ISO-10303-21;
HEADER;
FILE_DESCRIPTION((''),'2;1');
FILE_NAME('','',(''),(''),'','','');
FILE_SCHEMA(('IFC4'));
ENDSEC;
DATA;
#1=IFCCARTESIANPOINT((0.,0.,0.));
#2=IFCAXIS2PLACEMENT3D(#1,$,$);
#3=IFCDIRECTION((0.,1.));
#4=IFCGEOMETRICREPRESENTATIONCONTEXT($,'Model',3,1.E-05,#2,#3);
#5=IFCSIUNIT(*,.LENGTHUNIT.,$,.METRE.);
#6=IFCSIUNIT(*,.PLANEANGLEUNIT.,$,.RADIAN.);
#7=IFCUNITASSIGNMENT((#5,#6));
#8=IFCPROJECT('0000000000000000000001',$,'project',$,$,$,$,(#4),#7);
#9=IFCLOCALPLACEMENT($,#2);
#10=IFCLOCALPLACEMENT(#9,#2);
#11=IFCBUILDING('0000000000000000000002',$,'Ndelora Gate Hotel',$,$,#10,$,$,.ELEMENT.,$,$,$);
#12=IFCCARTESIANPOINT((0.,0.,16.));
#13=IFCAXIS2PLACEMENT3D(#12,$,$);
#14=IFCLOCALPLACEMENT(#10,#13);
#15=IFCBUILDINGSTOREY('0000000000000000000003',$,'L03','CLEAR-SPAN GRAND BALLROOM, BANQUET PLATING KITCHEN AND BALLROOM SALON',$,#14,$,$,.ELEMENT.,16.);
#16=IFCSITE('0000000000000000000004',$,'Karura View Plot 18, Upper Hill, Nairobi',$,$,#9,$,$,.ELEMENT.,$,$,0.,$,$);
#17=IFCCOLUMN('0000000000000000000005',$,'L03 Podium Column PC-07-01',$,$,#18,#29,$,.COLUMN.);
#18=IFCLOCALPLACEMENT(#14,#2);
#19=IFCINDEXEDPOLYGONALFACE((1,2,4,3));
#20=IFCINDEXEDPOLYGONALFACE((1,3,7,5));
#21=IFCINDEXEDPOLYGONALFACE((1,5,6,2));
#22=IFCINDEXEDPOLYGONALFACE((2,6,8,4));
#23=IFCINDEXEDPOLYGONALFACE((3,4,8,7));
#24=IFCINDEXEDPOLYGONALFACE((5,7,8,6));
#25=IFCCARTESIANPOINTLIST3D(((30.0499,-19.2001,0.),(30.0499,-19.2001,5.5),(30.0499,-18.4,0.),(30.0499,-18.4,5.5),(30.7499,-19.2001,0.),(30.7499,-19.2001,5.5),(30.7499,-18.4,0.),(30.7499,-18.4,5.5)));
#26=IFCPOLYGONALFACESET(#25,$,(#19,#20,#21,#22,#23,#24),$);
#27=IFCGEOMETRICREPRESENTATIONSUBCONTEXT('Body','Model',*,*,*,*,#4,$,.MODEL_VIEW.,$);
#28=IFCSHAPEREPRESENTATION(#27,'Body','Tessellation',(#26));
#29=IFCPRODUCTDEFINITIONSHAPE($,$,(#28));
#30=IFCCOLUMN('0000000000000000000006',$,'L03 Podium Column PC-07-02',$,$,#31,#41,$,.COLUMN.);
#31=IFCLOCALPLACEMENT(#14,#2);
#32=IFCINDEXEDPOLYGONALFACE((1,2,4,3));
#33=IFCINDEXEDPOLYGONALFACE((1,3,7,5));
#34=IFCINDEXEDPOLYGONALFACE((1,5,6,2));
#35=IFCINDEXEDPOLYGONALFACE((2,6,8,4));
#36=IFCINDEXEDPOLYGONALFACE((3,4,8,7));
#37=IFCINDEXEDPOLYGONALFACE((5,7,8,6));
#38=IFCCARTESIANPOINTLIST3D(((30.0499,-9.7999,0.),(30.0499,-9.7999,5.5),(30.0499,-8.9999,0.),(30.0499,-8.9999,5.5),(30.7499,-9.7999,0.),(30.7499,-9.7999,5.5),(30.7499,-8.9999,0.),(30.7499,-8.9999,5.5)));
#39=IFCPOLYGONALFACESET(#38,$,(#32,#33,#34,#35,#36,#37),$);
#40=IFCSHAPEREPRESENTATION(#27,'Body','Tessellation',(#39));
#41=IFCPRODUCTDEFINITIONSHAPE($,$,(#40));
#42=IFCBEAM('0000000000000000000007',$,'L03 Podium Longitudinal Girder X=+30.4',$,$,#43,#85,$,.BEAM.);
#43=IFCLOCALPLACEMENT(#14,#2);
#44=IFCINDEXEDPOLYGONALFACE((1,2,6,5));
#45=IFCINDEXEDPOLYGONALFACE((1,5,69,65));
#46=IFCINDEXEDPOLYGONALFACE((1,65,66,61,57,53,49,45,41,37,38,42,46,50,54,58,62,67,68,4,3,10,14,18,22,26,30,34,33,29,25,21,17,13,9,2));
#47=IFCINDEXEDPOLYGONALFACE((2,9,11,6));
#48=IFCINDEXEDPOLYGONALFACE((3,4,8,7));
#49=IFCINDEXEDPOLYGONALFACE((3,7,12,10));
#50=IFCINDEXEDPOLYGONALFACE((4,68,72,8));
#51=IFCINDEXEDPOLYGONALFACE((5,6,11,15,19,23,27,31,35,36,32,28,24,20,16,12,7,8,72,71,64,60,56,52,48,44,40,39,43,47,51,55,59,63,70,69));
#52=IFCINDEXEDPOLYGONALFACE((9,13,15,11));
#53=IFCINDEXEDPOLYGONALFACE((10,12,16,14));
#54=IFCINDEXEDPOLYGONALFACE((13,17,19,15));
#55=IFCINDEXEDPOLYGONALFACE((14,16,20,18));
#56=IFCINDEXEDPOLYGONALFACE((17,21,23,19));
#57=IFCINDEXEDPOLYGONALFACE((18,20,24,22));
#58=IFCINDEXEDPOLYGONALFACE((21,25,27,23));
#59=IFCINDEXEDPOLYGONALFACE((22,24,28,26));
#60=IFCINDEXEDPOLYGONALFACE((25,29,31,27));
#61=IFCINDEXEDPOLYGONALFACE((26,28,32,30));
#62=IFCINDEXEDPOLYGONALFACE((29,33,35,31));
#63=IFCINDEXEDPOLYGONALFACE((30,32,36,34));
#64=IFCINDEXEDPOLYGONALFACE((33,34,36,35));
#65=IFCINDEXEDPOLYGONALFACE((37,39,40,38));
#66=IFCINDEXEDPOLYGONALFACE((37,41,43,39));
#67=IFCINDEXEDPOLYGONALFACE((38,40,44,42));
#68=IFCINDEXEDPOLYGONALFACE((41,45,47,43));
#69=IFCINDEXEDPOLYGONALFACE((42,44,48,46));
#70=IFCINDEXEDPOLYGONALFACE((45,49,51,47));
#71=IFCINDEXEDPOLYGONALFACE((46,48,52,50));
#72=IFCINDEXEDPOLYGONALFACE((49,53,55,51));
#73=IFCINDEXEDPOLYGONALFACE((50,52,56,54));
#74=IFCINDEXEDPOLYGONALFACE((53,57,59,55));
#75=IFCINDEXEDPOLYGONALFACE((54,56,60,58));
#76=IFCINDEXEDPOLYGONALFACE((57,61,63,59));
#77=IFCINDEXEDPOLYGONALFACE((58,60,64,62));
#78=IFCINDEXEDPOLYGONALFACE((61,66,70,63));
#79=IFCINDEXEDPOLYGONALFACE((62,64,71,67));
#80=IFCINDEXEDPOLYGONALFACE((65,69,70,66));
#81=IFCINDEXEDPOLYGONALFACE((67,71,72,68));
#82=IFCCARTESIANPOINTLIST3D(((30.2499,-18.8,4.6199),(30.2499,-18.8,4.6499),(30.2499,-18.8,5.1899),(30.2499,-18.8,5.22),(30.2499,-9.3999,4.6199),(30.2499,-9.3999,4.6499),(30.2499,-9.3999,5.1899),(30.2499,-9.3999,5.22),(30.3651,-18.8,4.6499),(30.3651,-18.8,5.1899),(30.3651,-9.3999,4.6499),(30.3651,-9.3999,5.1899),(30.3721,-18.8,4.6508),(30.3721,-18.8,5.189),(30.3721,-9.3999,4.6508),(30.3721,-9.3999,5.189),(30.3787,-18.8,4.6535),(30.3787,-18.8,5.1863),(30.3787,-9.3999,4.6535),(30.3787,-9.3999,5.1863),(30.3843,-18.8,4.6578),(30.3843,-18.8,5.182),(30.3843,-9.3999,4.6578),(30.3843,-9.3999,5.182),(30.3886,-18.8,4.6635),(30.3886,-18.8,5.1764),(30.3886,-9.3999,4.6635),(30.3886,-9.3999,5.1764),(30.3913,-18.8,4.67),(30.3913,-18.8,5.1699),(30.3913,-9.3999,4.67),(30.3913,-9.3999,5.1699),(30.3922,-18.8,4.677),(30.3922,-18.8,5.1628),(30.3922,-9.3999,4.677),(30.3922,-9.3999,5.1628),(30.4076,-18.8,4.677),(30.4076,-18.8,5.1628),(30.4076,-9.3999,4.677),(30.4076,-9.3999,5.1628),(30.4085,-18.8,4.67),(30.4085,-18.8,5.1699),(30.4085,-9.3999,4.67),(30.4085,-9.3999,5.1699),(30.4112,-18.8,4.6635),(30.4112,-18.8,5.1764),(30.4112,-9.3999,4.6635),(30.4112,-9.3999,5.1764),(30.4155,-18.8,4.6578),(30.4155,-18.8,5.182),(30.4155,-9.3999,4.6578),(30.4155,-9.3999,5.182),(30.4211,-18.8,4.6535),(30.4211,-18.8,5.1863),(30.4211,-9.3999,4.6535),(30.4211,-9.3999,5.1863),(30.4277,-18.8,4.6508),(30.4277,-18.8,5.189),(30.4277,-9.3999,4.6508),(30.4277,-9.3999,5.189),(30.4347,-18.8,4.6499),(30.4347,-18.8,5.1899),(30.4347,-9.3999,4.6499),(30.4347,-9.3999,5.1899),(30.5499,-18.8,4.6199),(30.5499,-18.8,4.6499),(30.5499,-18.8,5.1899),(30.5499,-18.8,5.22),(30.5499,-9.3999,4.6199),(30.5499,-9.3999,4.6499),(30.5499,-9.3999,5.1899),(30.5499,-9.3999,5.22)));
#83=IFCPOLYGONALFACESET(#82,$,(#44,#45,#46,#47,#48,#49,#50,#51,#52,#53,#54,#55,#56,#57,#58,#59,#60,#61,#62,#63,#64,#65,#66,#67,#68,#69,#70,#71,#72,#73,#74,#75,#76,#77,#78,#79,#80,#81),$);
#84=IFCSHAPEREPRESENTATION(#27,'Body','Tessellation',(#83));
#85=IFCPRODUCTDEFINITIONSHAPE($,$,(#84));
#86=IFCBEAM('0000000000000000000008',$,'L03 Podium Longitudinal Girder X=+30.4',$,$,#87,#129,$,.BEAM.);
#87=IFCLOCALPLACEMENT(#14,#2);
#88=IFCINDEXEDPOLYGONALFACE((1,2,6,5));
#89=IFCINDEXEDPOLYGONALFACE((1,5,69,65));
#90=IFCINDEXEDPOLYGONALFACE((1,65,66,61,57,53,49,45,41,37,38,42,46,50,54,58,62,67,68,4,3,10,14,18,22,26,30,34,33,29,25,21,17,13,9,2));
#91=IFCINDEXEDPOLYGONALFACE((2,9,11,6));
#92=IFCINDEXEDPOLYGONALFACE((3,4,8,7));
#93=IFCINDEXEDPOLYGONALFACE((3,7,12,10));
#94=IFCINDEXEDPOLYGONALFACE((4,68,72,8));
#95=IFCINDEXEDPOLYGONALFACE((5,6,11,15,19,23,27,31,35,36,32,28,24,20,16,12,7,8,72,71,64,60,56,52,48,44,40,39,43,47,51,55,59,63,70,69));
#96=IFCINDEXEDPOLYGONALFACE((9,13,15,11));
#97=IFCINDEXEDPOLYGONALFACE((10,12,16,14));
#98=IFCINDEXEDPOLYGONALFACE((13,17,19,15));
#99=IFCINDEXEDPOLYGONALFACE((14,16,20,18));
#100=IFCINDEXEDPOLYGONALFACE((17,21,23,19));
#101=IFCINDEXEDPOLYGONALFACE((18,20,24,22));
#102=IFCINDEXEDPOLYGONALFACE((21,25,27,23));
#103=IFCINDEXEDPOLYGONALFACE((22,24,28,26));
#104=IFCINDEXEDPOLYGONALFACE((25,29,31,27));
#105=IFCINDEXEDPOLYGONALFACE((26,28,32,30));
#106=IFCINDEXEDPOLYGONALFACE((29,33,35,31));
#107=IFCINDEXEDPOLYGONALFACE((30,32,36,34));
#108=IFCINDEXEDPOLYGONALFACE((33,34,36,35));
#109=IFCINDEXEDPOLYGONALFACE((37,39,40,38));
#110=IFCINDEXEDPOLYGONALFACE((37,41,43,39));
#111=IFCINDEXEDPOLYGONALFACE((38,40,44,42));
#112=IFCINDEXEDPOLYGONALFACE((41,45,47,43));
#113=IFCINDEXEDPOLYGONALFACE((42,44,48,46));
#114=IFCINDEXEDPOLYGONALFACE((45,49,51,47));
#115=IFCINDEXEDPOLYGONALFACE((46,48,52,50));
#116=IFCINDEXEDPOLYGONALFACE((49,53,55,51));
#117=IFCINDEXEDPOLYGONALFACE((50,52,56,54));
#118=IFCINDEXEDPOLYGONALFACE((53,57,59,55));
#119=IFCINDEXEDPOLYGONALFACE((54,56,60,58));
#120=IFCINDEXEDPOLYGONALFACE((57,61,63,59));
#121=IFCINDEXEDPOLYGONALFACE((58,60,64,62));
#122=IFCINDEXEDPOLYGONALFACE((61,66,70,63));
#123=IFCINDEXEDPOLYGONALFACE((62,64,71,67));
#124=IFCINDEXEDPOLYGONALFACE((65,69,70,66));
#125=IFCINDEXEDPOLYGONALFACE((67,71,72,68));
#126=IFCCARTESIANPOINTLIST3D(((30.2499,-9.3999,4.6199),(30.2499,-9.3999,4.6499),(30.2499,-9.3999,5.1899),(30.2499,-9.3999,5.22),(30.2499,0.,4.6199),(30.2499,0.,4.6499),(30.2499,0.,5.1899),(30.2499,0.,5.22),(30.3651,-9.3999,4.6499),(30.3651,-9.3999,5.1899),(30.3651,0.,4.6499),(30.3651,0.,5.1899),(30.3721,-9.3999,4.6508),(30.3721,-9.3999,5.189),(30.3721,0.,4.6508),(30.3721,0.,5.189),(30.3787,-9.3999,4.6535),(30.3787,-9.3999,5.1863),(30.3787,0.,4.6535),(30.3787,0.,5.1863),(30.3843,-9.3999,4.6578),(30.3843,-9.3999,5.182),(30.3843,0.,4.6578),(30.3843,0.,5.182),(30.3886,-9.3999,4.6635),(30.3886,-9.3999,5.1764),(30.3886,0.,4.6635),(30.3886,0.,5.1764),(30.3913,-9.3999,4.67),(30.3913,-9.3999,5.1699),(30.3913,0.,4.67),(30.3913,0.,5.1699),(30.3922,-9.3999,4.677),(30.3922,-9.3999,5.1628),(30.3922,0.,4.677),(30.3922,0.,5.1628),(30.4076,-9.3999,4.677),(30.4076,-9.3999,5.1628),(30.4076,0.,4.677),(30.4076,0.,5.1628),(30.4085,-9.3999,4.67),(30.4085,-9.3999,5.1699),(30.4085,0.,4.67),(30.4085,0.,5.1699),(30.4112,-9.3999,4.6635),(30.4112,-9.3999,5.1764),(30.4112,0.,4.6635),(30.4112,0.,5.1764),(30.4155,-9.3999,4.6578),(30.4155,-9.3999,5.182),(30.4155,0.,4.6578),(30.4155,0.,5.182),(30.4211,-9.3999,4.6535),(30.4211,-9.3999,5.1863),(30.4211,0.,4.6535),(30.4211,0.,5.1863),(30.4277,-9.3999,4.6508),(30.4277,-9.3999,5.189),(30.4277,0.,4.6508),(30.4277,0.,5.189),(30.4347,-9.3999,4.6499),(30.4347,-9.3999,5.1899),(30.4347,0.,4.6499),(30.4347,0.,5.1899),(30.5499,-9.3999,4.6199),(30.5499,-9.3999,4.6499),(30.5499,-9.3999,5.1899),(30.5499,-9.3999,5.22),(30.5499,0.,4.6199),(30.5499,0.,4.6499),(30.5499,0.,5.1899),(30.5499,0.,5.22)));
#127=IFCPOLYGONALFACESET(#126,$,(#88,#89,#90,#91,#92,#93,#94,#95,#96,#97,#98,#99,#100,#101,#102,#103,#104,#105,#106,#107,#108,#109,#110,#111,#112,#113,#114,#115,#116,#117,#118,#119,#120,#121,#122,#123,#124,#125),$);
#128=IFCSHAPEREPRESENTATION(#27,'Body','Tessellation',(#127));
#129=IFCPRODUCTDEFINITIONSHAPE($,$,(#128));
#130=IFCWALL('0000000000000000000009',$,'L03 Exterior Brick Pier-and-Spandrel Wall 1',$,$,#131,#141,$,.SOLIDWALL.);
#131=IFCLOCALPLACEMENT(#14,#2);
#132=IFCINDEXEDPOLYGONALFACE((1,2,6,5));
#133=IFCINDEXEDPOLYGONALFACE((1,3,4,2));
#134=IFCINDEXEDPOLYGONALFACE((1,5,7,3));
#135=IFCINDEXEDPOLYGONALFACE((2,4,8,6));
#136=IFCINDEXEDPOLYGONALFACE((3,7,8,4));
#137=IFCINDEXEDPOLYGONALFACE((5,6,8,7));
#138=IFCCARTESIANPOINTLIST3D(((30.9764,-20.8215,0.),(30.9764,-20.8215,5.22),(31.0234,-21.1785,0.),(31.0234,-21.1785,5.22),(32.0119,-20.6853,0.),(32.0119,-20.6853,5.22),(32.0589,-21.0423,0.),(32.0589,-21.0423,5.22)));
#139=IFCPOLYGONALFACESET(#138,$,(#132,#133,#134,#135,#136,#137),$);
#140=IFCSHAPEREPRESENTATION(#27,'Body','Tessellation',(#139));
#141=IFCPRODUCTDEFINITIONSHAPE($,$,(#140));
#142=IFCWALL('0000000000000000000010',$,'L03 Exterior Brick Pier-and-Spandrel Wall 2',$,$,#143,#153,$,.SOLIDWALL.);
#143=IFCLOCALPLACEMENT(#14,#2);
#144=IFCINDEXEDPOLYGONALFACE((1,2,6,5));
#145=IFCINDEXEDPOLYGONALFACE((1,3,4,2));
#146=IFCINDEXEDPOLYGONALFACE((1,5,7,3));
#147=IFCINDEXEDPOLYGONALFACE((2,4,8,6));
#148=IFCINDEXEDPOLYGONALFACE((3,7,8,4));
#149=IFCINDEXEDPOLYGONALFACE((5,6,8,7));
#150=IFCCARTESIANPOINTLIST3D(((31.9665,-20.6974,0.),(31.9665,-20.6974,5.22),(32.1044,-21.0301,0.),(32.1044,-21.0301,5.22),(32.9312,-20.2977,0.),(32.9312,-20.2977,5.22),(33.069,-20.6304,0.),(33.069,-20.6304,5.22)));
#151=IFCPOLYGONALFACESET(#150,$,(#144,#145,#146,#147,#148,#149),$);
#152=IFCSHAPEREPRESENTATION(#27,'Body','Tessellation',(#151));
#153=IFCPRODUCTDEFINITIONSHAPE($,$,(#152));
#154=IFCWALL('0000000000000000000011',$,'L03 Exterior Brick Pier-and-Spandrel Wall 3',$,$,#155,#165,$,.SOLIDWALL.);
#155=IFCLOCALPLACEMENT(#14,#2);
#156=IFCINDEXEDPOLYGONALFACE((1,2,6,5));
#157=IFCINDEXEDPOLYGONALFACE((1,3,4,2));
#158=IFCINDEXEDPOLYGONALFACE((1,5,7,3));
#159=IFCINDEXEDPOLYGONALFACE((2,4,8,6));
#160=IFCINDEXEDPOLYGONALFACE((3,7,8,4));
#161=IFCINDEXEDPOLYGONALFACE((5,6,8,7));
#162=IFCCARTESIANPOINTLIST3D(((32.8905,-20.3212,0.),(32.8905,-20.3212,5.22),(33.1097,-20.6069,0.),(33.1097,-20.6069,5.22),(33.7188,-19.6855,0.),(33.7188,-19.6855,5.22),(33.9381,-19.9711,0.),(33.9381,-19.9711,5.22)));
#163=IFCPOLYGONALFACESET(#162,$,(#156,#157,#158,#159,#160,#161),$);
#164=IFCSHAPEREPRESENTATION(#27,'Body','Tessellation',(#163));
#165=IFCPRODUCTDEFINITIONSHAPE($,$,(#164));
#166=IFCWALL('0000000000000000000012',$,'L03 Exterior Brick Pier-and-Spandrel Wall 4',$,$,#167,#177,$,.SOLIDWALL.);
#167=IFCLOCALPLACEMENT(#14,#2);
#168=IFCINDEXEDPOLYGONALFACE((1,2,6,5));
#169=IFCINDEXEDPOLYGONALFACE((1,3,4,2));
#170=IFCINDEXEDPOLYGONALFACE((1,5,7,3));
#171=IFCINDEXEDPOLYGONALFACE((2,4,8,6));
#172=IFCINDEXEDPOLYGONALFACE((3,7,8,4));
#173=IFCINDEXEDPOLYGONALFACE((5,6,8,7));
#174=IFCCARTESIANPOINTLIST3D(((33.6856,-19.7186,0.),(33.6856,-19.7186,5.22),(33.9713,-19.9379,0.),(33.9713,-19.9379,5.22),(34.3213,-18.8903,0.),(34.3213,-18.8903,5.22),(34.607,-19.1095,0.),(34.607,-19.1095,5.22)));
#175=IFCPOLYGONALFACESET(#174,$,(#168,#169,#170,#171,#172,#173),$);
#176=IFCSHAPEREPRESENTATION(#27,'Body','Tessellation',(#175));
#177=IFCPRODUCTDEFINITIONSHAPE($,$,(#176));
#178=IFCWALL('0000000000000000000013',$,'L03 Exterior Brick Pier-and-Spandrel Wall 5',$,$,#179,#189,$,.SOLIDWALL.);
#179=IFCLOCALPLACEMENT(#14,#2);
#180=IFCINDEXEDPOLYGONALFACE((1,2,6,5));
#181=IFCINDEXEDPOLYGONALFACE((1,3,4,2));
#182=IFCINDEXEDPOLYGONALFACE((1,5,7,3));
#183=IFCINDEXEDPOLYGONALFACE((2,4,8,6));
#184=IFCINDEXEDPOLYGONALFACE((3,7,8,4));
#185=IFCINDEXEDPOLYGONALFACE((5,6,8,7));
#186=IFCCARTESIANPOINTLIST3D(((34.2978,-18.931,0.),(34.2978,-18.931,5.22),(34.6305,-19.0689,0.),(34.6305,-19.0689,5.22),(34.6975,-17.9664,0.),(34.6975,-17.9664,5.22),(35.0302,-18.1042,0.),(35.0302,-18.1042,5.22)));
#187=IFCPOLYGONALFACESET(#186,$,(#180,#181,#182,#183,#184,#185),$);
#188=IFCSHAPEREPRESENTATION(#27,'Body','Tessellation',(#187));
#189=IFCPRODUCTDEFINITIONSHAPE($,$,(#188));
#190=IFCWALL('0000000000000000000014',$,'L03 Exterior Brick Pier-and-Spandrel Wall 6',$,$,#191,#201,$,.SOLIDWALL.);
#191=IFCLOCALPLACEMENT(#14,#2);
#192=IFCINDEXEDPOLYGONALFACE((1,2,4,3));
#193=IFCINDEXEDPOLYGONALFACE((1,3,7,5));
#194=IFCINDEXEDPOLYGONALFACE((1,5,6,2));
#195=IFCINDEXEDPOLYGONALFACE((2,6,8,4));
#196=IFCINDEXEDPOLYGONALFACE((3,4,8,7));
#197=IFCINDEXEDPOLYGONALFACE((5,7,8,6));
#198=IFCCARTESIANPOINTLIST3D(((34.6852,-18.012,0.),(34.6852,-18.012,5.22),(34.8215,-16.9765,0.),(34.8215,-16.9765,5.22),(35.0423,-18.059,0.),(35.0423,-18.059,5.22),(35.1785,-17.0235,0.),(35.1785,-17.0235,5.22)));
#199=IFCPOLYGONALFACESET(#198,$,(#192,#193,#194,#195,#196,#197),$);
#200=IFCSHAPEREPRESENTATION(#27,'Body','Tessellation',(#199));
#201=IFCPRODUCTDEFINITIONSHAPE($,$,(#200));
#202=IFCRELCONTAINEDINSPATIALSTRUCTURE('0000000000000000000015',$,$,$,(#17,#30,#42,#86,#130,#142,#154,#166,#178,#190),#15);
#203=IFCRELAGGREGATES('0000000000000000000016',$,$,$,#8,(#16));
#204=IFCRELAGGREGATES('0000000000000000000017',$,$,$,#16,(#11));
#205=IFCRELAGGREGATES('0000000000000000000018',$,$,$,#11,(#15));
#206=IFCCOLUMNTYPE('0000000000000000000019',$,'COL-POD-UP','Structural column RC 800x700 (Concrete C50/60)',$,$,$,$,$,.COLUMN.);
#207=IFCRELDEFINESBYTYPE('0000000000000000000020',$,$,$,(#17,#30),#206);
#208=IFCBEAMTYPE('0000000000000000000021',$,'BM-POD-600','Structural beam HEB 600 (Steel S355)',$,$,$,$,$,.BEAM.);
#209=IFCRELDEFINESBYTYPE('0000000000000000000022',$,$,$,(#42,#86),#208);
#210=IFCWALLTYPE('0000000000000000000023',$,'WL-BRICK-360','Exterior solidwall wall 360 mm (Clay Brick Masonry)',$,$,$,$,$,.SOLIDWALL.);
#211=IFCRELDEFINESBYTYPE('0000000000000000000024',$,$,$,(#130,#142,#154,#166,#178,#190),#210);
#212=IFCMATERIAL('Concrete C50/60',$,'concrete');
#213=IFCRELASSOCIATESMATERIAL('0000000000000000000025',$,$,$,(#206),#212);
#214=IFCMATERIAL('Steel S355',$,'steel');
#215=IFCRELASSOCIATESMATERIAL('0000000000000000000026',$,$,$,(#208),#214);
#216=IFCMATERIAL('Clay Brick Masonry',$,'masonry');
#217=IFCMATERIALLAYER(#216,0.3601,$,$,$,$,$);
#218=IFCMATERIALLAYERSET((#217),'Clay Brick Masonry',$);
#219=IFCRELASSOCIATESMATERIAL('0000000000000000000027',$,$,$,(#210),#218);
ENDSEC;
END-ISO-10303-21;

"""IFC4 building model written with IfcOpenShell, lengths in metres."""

from ifc_helpers import new_model, si_unit, direction, frame, frame_2d, origin, origin_2d, place, context, subcontext, project, spatial, rectangle, i_section, extrude, material, layer, layer_set, material_profile, profile_set, type_object, element, save


model = new_model("IFC4")

# Units and contexts
model_context = context("Model", 3, precision=1e-05, world=origin(), true_north=direction((0.0, 1.0)))
body_context = subcontext(model_context, "Body", "Model", "MODEL_VIEW")
ifc_project = project(units=[si_unit("LENGTHUNIT", "METRE"), si_unit("PLANEANGLEUNIT", "RADIAN")], contexts=[model_context])

# Site, building, storey
site_placement = place(None, origin())
site = spatial("IfcSite", under=ifc_project, at=site_placement, Name="Karura View Plot 18, Upper Hill, Nairobi", CompositionType="ELEMENT", RefElevation=0.0)
building_placement = place(site_placement, origin())
building = spatial("IfcBuilding", under=site, at=building_placement, Name="Ndelora Gate Hotel", CompositionType="ELEMENT")
storey_placement = place(building_placement, frame((0.0, 0.0, 16.0)))
storey = spatial("IfcBuildingStorey", under=building, at=storey_placement, Name="L03", Description="CLEAR-SPAN GRAND BALLROOM, BANQUET PLATING KITCHEN AND BALLROOM SALON", CompositionType="ELEMENT", Elevation=16.0)

# Columns
ifc_material_1 = material(Name="Concrete C50/60", Category="concrete")
ifc_material_profile_1 = material_profile(ifc_material_1, rectangle(XDim=0.7, YDim=0.8, at=origin_2d()), Name="RC 800x700")
ifc_profile_set_1 = profile_set([ifc_material_profile_1], Name="Concrete C50/60")
column_type = type_object("IfcColumnType", Name="COL-POD-UP", Description="Structural column RC 800x700 (Concrete C50/60)", PredefinedType="COLUMN", material=ifc_profile_set_1)
for number, where, z_axis, x_axis, name in (
    (1, (30.3999, -18.8, 0.0), (0.0, 0.0, 1.0), (1.0, 0.0, 0.0), "L03 Podium Column PC-07-01"),
    (2, (30.3999, -9.3999, 0.0), (0.0, 0.0, 1.0), (1.0, 0.0, 0.0), "L03 Podium Column PC-07-02"),
):
    element("IfcColumn", number, at=place(storey_placement, frame(where, z_axis=z_axis, x_axis=x_axis)), inside=storey, type_object=column_type, Name=name, PredefinedType="COLUMN", context=body_context, shape_type="SweptSolid", body=[
        extrude(rectangle(XDim=0.7, YDim=0.8, at=origin_2d()), origin(), (0.0, 0.0, 1.0), 5.5),
    ])

# Beams
ifc_material_2 = material(Name="Steel S355", Category="steel")
ifc_material_profile_2 = material_profile(ifc_material_2, i_section(OverallWidth=0.3, OverallDepth=0.6001, WebThickness=0.0154, FlangeThickness=0.03, FilletRadius=0.0271, at=origin_2d()), Name="HEB 600")
ifc_profile_set_2 = profile_set([ifc_material_profile_2], Name="Steel S355")
beam_type = type_object("IfcBeamType", Name="BM-POD-600", Description="Structural beam HEB 600 (Steel S355)", PredefinedType="BEAM", material=ifc_profile_set_2)
beam_1_placement = place(storey_placement, frame((30.3999, -18.8, 4.9199), z_axis=(0.0, 1.0, 0.0), x_axis=(-1.0, 0.0, 0.0)))
element("IfcBeam", 3, at=beam_1_placement, inside=storey, type_object=beam_type, Name="L03 Podium Longitudinal Girder X=+30.4", PredefinedType="BEAM", context=body_context, shape_type="SweptSolid", body=[
    extrude(i_section(OverallWidth=0.3, OverallDepth=0.6001, WebThickness=0.0154, FlangeThickness=0.03, FilletRadius=0.0271, at=origin_2d()), origin(), (0.0, 0.0, 1.0), 9.4001),
])
beam_2_placement = place(storey_placement, frame((30.3999, -9.3999, 4.9199), z_axis=(0.0, 1.0, 0.0), x_axis=(-1.0, 0.0, 0.0)))
element("IfcBeam", 4, at=beam_2_placement, inside=storey, type_object=beam_type, Name="L03 Podium Longitudinal Girder X=+30.4", PredefinedType="BEAM", context=body_context, shape_type="SweptSolid", body=[
    extrude(i_section(OverallWidth=0.3, OverallDepth=0.6001, WebThickness=0.0154, FlangeThickness=0.03, FilletRadius=0.0271, at=origin_2d()), origin(), (0.0, 0.0, 1.0), 9.3999),
])

# Walls
ifc_material_3 = material(Name="Clay Brick Masonry", Category="masonry")
ifc_layer_1 = layer(ifc_material_3, 0.3601)
ifc_layer_set_1 = layer_set([ifc_layer_1], Name="Clay Brick Masonry")
wall_type_1 = type_object("IfcWallType", Name="WL-BRICK-360", Description="Exterior solidwall wall 360 mm (Clay Brick Masonry)", PredefinedType="SOLIDWALL", material=ifc_layer_set_1)
wall_1_placement = place(storey_placement, frame((32.0354, -20.8638, 0.0), z_axis=(0.0, 0.0, 1.0), x_axis=(-0.991455, -0.130448, 0.0)))
element("IfcWall", 5, at=wall_1_placement, inside=storey, type_object=wall_type_1, Name="L03 Exterior Brick Pier-and-Spandrel Wall 1", PredefinedType="SOLIDWALL", context=body_context, shape_type="SweptSolid", body=[
    extrude(rectangle(XDim=1.0444, YDim=0.3601, at=frame_2d((0.5222, 0.0))), origin(), (0.0, 0.0, 1.0), 5.22),
])
for number, where, z_axis, x_axis, name in (
    (6, (33.0, -20.4641, 0.0), (0.0, 0.0, 1.0), (-0.923843, -0.382772, 0.0), "L03 Exterior Brick Pier-and-Spandrel Wall 2"),
    (7, (33.8284, -19.8284, 0.0), (0.0, 0.0, 1.0), (-0.793301, -0.608829, 0.0), "L03 Exterior Brick Pier-and-Spandrel Wall 3"),
    (8, (34.4641, -19.0, 0.0), (0.0, 0.0, 1.0), (-0.608829, -0.793301, 0.0), "L03 Exterior Brick Pier-and-Spandrel Wall 4"),
    (9, (34.8638, -18.0354, 0.0), (0.0, 0.0, 1.0), (-0.382772, -0.923843, 0.0), "L03 Exterior Brick Pier-and-Spandrel Wall 5"),
):
    element("IfcWall", number, at=place(storey_placement, frame(where, z_axis=z_axis, x_axis=x_axis)), inside=storey, type_object=wall_type_1, Name=name, PredefinedType="SOLIDWALL", context=body_context, shape_type="SweptSolid", body=[
        extrude(rectangle(XDim=1.0442, YDim=0.3601, at=frame_2d((0.522, 0.0))), origin(), (0.0, 0.0, 1.0), 5.22),
    ])
wall_2_placement = place(storey_placement, frame((35.0, -17.0, 0.0), z_axis=(0.0, 0.0, 1.0), x_axis=(-0.130448, -0.991455, 0.0)))
element("IfcWall", 10, at=wall_2_placement, inside=storey, type_object=wall_type_1, Name="L03 Exterior Brick Pier-and-Spandrel Wall 6", PredefinedType="SOLIDWALL", context=body_context, shape_type="SweptSolid", body=[
    extrude(rectangle(XDim=1.0444, YDim=0.3601, at=frame_2d((0.5222, 0.0))), origin(), (0.0, 0.0, 1.0), 5.22),
])

save(model, "model.ifc")
